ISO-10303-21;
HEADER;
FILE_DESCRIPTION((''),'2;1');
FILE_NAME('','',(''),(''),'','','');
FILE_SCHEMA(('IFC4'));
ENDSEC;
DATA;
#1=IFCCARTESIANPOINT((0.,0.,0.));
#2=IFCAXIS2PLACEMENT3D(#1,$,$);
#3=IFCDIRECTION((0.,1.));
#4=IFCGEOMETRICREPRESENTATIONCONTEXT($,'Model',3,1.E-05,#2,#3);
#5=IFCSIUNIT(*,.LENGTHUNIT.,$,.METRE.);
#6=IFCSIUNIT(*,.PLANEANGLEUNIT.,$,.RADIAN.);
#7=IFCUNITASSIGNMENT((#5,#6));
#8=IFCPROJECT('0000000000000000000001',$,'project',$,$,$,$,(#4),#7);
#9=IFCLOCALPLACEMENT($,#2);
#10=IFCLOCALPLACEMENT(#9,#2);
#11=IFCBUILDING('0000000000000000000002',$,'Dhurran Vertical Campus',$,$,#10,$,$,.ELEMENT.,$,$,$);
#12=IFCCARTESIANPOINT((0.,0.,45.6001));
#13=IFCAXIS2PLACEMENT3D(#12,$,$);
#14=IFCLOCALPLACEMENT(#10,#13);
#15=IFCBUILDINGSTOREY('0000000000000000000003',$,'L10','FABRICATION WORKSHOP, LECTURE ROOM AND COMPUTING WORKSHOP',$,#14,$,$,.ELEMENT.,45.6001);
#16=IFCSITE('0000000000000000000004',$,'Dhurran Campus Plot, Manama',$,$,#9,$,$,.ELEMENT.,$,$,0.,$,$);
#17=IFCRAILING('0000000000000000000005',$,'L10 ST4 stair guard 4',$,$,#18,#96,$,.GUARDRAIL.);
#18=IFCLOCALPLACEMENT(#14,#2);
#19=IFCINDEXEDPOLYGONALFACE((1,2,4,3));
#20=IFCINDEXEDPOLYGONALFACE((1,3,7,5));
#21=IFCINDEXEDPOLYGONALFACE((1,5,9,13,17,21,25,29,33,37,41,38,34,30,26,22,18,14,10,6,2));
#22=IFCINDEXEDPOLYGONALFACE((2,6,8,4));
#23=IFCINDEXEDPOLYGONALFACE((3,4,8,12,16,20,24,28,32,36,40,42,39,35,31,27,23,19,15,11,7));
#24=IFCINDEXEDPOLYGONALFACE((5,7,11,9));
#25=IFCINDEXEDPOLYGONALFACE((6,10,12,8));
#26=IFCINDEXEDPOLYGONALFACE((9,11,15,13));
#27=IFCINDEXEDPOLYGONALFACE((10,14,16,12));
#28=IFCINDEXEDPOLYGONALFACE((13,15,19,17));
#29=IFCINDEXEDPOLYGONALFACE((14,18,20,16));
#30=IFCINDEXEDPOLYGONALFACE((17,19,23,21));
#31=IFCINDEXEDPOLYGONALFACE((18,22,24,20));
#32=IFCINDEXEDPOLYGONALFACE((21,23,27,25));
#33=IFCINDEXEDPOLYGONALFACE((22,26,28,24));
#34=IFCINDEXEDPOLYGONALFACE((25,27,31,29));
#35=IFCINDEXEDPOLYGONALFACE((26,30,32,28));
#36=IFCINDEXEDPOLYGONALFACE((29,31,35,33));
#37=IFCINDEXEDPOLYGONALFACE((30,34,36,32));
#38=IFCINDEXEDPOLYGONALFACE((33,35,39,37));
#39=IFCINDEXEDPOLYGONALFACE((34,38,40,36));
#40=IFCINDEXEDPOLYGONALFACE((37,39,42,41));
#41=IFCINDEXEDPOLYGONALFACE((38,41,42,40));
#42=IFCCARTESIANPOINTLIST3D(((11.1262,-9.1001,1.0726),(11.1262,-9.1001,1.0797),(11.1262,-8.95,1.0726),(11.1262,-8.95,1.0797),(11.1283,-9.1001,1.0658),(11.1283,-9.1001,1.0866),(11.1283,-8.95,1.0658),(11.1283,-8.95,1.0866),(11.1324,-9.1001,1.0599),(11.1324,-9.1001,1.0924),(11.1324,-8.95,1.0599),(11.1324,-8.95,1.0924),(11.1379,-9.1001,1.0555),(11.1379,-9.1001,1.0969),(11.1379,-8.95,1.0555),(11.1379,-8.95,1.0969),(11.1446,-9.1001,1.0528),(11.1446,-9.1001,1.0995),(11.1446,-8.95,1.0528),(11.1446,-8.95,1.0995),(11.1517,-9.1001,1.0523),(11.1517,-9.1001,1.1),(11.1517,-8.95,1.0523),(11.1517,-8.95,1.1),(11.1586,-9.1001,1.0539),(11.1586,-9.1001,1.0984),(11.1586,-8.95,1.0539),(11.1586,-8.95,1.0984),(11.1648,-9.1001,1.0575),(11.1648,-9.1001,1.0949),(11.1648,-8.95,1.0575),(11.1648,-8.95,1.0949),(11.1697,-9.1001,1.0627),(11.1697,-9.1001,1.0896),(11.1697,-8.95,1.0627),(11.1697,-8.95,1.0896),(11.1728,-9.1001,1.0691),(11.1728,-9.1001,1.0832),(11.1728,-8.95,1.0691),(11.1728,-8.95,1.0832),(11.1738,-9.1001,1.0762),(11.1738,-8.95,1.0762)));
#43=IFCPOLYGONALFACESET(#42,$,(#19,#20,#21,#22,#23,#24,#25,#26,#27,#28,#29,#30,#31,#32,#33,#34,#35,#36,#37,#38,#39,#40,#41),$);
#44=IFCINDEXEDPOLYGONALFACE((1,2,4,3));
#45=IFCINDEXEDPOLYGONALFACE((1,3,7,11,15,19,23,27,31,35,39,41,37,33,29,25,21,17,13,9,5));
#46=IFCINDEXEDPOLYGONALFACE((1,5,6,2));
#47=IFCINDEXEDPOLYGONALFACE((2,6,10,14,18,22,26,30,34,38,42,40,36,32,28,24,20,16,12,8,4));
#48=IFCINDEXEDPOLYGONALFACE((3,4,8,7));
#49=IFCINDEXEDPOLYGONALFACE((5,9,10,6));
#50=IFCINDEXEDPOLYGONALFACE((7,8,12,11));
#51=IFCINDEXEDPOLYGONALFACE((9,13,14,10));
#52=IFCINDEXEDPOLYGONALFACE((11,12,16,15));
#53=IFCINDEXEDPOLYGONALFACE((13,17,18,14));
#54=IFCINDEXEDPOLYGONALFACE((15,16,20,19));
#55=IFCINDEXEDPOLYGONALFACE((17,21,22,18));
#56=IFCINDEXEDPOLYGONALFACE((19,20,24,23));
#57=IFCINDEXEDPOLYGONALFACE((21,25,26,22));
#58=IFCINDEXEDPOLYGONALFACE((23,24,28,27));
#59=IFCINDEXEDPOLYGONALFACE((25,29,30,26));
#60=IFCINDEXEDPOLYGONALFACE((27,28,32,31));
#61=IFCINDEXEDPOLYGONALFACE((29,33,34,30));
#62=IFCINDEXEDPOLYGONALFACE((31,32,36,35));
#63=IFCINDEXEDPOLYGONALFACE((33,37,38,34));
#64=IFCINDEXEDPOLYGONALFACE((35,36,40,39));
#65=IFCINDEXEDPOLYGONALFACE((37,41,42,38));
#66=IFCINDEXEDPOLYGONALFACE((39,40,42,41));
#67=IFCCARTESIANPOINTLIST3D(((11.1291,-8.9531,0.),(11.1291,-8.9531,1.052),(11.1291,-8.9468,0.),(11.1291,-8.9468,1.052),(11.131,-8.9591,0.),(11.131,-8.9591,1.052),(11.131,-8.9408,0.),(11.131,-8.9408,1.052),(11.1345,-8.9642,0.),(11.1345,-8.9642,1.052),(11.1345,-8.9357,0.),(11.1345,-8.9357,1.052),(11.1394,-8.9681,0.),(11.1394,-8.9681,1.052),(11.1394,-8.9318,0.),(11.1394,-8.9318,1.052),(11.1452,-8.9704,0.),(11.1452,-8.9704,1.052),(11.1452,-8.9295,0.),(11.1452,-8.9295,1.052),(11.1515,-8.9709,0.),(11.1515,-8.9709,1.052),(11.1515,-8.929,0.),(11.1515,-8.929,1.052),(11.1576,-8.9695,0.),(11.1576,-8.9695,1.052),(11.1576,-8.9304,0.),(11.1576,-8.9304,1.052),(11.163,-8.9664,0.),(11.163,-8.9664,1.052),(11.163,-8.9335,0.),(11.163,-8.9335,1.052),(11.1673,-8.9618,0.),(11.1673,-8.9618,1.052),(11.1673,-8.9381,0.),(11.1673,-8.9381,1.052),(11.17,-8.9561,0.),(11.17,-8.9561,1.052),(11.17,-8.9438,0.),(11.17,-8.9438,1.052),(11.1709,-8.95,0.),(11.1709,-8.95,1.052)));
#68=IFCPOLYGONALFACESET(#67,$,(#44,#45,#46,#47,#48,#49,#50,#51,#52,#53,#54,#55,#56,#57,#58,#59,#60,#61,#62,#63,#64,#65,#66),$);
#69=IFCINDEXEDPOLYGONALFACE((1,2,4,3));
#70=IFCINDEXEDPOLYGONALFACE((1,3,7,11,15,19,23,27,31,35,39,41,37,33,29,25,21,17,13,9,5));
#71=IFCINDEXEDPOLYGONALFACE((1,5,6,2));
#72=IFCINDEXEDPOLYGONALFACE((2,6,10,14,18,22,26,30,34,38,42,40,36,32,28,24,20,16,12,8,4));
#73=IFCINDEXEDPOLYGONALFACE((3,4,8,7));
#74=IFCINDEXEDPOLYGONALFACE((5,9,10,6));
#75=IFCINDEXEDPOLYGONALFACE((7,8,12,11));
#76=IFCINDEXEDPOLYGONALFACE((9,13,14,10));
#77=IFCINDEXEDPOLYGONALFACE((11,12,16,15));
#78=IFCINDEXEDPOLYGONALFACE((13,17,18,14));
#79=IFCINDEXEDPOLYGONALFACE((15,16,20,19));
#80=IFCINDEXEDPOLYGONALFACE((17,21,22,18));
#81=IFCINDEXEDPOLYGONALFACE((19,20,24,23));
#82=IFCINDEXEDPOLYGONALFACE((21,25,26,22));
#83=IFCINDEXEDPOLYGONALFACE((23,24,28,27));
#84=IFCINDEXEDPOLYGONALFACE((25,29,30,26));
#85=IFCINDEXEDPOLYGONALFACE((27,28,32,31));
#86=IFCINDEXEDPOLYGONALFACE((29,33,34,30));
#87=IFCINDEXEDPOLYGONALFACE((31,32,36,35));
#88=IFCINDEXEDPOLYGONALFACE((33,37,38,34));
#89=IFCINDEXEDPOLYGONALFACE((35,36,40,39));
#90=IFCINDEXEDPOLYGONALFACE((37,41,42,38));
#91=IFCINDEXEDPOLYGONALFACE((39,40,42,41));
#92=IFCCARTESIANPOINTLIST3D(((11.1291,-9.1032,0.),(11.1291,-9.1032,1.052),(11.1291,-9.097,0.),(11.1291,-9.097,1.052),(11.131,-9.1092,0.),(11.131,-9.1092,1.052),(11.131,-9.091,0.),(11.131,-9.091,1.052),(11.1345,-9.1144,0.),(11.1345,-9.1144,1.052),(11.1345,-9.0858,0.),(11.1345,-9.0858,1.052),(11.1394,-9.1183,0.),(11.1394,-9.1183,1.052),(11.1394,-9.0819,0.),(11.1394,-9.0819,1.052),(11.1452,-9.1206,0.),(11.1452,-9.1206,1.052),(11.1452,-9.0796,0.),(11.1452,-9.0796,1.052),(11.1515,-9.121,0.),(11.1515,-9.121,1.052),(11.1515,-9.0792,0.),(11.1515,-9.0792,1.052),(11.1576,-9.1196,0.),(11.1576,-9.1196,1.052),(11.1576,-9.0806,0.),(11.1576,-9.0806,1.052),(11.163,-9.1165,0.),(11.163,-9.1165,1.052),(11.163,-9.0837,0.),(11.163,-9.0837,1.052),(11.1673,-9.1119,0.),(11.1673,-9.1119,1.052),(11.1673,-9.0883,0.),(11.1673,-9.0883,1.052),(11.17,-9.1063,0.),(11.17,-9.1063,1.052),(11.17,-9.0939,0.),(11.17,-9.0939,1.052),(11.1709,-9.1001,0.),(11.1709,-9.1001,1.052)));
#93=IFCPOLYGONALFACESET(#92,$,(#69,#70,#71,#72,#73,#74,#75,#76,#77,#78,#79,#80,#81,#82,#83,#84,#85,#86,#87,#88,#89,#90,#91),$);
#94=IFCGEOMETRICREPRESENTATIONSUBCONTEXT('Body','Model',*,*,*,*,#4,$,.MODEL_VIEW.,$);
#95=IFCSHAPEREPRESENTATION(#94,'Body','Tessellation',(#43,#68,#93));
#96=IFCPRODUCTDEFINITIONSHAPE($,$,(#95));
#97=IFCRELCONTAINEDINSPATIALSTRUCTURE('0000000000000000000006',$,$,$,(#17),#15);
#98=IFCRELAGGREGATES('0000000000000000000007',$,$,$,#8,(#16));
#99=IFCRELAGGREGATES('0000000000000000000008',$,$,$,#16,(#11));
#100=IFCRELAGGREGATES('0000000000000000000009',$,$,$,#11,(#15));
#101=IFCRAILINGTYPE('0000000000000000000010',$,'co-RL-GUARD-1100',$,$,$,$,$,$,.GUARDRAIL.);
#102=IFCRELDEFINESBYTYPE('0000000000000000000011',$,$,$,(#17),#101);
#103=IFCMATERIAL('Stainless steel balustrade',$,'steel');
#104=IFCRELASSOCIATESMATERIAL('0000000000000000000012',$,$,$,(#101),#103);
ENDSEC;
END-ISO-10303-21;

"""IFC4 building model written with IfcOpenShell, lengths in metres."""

from ifc_helpers import new_model, si_unit, direction, frame, origin, origin_2d, place, context, subcontext, project, spatial, circle, extrude, material, type_object, element, save


model = new_model("IFC4")

# Units and contexts
model_context = context("Model", 3, precision=1e-05, world=origin(), true_north=direction((0.0, 1.0)))
body_context = subcontext(model_context, "Body", "Model", "MODEL_VIEW")
ifc_project = project(units=[si_unit("LENGTHUNIT", "METRE"), si_unit("PLANEANGLEUNIT", "RADIAN")], contexts=[model_context])

# Site, building, storey
site_placement = place(None, origin())
site = spatial("IfcSite", under=ifc_project, at=site_placement, Name="Dhurran Campus Plot, Manama", CompositionType="ELEMENT", RefElevation=0.0)
building_placement = place(site_placement, origin())
building = spatial("IfcBuilding", under=site, at=building_placement, Name="Dhurran Vertical Campus", CompositionType="ELEMENT")
storey_placement = place(building_placement, frame((0.0, 0.0, 45.6001)))
storey = spatial("IfcBuildingStorey", under=building, at=storey_placement, Name="L10", Description="FABRICATION WORKSHOP, LECTURE ROOM AND COMPUTING WORKSHOP", CompositionType="ELEMENT", Elevation=45.6001)

# Railing
ifc_material_1 = material(Name="Stainless steel balustrade", Category="steel")
railing_type_1 = type_object("IfcRailingType", Name="co-RL-GUARD-1100", PredefinedType="GUARDRAIL", material=ifc_material_1)
railing_1_placement = place(storey_placement, frame((11.1499, -8.95, 0.0)))
element("IfcRailing", 1, at=railing_1_placement, inside=storey, type_object=railing_type_1, Name="L10 ST4 stair guard 4", PredefinedType="GUARDRAIL", context=body_context, shape_type="SweptSolid", body=[
    extrude(circle(Radius=0.0239, at=origin_2d()), frame((0.0, 0.0, 1.0762), z_axis=(0.0, -1.0, 0.0), x_axis=(1.0, 0.0, 0.0)), (0.0, 0.0, 1.0), 0.1501),
    extrude(circle(Radius=0.021, at=origin_2d()), origin(), (0.0, 0.0, 1.0), 1.052),
    extrude(circle(Radius=0.021, at=origin_2d()), frame((0.0, -0.1501, 0.0)), (0.0, 0.0, 1.0), 1.052),
])

save(model, "model.ifc")
